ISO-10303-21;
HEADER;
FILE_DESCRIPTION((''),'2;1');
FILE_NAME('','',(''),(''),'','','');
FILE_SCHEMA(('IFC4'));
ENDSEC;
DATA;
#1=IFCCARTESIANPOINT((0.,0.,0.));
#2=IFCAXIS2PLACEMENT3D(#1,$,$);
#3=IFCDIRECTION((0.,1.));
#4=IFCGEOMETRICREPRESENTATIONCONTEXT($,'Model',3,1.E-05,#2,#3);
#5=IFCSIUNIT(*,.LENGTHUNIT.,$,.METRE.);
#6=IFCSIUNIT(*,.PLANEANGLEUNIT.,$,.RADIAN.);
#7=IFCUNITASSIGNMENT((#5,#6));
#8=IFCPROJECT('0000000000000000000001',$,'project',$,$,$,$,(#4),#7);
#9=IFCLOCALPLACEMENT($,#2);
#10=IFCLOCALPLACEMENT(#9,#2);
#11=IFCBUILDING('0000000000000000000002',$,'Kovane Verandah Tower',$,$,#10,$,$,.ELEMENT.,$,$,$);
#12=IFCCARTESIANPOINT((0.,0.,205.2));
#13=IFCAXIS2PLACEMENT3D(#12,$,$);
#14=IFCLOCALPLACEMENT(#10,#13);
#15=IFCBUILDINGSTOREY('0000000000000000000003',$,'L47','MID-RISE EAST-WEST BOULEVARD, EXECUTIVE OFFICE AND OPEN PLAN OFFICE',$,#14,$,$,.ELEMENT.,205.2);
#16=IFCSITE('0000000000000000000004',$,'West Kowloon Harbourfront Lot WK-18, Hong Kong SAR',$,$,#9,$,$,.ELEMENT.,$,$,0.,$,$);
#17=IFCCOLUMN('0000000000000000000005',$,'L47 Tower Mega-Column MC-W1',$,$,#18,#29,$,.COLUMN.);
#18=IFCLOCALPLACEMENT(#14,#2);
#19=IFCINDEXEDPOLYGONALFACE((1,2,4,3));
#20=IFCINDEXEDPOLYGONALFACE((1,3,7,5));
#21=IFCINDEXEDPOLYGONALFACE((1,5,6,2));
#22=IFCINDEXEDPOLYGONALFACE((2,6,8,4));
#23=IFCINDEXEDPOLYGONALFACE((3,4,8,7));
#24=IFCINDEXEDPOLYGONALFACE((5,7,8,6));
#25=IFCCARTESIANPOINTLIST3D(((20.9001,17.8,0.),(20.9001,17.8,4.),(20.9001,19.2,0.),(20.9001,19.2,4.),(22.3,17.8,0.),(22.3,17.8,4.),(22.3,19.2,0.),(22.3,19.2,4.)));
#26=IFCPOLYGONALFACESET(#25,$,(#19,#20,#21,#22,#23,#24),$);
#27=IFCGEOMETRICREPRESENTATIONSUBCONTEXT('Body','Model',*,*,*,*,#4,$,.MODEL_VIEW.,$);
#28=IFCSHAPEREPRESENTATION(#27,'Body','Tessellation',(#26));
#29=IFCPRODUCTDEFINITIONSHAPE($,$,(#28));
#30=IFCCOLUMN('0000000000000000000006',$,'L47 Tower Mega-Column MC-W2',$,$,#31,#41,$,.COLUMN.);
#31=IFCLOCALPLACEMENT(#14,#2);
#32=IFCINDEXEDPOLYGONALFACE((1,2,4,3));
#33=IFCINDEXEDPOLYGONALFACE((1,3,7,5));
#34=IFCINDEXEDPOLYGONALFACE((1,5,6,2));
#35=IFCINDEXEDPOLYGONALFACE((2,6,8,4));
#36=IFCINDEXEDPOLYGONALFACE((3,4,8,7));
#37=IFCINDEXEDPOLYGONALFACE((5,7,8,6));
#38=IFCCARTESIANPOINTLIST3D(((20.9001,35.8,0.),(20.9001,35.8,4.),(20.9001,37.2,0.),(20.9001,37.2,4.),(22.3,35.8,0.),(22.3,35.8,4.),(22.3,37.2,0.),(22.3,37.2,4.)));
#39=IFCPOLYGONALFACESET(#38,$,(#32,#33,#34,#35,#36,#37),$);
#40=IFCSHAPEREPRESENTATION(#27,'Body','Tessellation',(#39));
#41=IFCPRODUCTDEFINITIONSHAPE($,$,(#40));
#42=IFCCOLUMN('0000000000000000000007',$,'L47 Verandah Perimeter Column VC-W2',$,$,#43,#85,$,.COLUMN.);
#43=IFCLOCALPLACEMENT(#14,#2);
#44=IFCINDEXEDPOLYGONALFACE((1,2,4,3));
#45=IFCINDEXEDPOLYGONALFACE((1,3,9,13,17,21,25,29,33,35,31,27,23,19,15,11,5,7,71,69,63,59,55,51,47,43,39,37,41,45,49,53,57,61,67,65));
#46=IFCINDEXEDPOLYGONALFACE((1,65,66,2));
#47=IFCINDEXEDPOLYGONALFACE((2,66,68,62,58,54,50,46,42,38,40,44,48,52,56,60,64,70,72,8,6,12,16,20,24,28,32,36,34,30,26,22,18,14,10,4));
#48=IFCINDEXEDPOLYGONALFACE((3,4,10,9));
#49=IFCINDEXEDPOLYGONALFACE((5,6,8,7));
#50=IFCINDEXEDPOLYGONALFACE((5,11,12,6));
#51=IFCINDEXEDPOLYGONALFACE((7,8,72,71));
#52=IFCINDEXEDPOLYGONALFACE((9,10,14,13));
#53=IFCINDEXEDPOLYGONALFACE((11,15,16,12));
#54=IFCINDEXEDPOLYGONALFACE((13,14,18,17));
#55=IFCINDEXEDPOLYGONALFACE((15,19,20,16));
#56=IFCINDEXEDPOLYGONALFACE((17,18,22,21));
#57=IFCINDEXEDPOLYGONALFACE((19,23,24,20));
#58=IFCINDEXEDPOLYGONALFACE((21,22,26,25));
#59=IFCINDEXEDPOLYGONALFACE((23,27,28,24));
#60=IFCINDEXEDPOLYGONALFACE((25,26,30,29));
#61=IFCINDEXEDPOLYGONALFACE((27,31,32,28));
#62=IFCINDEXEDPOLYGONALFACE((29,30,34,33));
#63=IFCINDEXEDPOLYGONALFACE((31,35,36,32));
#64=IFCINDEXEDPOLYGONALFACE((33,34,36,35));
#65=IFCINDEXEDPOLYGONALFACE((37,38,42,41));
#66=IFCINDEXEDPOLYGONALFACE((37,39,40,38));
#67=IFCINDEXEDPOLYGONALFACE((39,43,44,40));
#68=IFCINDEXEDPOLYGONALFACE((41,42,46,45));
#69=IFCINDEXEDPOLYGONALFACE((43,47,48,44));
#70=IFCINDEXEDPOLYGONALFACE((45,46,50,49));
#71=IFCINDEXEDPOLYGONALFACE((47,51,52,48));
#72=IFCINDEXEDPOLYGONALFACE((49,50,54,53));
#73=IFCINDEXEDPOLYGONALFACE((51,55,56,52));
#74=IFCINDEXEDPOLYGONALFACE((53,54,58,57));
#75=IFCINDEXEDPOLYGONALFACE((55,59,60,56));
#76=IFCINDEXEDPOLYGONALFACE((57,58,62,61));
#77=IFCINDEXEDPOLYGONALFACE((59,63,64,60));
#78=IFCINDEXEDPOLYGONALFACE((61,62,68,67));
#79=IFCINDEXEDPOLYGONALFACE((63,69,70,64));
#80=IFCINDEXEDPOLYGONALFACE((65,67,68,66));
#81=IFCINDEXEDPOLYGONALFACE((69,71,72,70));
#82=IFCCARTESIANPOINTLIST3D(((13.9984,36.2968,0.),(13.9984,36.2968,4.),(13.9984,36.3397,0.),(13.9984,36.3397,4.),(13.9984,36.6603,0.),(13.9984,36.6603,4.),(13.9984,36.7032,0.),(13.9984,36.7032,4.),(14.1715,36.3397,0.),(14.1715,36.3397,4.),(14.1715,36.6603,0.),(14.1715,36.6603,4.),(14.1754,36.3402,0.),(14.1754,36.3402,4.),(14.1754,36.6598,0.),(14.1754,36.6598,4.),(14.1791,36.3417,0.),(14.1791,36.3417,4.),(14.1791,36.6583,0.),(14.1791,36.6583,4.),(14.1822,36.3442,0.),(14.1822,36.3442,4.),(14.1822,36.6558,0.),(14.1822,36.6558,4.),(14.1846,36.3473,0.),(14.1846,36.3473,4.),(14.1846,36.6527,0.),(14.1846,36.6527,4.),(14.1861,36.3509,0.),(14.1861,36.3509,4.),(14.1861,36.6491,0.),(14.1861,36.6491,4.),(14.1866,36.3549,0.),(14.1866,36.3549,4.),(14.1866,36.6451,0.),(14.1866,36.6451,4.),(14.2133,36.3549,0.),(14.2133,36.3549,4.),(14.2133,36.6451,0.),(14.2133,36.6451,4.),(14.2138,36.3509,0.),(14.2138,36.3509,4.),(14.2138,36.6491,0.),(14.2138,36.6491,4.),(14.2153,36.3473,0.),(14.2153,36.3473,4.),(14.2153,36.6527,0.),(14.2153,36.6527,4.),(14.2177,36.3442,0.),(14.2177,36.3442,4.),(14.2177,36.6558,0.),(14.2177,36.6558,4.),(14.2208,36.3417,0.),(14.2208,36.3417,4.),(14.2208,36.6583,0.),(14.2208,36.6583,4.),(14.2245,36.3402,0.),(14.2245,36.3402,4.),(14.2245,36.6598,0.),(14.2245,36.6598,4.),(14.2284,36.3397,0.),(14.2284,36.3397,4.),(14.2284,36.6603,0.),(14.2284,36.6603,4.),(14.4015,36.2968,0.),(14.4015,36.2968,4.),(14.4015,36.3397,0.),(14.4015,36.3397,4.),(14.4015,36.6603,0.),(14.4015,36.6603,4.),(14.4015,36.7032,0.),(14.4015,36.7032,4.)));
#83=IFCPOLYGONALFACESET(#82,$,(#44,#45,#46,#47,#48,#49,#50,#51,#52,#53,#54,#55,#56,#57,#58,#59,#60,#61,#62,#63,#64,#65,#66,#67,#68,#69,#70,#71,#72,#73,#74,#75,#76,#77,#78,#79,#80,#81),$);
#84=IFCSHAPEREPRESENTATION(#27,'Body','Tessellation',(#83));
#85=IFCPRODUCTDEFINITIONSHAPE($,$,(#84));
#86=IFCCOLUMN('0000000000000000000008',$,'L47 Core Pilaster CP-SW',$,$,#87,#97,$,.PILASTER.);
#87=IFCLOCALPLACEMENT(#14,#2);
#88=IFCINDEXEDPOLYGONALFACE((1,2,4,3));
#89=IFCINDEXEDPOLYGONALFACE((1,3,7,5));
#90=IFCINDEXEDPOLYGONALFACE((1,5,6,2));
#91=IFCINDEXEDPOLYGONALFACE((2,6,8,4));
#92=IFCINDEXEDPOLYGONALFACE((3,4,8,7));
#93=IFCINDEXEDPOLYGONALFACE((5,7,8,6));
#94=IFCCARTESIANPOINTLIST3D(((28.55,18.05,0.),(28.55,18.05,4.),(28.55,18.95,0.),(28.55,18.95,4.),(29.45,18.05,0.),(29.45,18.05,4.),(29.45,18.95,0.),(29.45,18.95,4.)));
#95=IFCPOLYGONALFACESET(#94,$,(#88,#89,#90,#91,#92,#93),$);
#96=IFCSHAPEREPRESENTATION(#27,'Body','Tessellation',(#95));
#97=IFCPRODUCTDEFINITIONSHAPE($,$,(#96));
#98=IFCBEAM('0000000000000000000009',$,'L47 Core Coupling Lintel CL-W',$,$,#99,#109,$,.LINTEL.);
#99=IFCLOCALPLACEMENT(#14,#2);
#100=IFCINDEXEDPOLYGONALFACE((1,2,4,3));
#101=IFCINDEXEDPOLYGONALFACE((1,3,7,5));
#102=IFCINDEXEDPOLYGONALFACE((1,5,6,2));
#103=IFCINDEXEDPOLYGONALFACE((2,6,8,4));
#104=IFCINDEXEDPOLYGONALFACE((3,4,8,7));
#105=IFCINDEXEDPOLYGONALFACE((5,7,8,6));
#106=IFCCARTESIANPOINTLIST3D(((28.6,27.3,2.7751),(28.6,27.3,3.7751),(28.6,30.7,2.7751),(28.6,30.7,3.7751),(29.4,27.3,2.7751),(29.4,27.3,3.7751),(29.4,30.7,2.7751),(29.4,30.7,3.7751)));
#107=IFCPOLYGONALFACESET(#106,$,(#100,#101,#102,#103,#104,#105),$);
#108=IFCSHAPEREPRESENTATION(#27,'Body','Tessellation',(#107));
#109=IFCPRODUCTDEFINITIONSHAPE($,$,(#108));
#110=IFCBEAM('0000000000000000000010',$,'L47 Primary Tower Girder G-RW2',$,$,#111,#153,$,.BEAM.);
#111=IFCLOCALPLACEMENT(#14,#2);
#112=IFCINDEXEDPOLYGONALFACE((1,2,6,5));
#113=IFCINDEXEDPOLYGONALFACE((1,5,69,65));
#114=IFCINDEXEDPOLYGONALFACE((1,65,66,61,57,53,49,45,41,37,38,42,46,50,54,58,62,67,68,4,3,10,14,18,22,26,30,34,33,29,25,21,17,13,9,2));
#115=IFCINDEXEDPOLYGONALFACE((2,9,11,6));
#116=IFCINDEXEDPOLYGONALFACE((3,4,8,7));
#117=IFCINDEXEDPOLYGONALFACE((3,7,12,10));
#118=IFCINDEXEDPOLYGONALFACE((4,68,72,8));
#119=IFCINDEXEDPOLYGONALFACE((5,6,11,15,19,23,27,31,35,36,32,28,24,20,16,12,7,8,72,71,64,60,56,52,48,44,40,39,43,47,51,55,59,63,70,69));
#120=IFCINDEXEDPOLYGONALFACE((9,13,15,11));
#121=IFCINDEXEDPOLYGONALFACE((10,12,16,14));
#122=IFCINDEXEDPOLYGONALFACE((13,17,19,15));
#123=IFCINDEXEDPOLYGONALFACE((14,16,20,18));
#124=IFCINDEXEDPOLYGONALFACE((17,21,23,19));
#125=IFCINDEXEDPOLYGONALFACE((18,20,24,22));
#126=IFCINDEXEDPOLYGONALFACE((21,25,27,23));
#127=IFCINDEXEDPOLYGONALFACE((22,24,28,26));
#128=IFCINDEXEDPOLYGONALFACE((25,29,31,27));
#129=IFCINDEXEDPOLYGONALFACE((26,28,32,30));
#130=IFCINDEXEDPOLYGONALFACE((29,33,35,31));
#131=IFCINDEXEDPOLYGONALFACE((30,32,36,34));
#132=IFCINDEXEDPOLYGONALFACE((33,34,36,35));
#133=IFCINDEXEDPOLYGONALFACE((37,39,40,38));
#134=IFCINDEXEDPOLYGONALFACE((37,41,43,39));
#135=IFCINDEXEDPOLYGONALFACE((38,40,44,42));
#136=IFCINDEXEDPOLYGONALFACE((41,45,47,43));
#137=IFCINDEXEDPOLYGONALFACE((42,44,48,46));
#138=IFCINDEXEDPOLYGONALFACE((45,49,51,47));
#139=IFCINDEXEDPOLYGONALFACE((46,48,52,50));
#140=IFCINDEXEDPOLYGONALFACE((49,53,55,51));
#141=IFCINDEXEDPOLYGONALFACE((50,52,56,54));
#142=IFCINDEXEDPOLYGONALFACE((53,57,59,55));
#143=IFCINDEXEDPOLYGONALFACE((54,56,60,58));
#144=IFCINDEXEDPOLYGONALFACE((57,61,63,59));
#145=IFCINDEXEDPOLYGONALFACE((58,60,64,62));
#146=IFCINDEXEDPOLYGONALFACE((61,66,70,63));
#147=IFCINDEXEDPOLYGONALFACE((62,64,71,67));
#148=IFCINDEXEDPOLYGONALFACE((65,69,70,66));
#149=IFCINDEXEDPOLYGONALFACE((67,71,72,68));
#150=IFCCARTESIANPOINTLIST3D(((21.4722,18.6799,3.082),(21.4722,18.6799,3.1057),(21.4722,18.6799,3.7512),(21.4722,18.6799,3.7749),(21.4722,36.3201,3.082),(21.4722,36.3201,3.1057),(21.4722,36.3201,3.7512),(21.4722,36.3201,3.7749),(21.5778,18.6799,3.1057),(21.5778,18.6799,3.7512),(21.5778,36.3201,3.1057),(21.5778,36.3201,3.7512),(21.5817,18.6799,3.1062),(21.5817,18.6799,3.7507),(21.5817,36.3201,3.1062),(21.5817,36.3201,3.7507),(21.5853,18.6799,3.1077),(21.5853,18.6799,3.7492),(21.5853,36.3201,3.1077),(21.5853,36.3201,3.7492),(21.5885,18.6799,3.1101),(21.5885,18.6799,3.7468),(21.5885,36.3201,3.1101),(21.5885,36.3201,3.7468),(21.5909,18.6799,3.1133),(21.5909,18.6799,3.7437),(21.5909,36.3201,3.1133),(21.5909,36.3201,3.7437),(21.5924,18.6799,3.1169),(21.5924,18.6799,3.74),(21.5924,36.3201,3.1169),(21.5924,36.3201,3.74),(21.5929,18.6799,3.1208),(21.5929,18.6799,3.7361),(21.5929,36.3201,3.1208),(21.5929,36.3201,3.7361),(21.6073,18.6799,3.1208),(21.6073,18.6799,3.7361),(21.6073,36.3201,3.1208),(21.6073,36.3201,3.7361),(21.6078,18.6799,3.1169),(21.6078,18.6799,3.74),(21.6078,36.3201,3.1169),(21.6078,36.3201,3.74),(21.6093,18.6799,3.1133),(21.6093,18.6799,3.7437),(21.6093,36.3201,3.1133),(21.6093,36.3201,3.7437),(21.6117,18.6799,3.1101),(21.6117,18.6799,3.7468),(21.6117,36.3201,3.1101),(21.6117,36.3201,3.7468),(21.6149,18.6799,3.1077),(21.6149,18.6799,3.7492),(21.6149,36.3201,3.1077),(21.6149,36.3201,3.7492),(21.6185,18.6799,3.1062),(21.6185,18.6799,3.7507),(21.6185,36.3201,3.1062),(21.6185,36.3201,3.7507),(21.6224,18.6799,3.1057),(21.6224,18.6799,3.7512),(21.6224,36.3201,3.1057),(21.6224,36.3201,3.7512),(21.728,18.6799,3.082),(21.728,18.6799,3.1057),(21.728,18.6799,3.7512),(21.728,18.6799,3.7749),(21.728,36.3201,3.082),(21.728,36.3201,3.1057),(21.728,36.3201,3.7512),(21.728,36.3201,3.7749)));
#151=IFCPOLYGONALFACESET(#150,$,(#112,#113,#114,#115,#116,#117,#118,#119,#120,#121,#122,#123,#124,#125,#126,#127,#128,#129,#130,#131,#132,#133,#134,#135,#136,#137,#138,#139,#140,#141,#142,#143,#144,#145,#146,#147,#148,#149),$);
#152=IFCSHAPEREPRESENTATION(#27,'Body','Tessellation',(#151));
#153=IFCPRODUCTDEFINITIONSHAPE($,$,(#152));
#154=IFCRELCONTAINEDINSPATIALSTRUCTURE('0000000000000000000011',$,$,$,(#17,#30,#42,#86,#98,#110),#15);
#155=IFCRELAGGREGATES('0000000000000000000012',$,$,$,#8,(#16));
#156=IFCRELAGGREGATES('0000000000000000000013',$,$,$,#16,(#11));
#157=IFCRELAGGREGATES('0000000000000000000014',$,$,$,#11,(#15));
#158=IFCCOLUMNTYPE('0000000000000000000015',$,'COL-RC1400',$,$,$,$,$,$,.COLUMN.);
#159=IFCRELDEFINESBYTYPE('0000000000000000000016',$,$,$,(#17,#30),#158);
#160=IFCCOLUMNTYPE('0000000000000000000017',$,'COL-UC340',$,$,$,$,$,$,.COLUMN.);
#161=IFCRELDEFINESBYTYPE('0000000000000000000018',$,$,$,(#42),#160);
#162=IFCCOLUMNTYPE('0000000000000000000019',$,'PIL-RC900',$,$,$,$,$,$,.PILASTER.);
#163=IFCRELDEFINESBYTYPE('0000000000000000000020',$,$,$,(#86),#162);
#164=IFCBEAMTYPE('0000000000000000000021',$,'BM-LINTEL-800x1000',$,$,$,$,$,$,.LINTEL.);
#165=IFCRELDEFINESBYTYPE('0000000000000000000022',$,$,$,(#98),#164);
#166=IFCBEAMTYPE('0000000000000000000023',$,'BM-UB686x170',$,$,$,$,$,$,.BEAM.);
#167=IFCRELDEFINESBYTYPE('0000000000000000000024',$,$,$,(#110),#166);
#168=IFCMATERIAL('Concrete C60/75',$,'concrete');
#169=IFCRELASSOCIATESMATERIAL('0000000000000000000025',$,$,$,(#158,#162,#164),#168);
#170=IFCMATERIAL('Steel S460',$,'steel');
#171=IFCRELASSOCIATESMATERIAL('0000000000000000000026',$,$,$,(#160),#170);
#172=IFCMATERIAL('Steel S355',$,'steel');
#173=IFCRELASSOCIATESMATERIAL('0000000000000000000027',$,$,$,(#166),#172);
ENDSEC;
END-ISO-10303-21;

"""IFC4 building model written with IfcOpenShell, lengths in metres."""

from ifc_helpers import new_model, si_unit, direction, frame, origin, origin_2d, place, context, subcontext, project, spatial, rectangle, i_section, extrude, material, material_profile, profile_set, type_object, element, save


model = new_model("IFC4")

# Units and contexts
model_context = context("Model", 3, precision=1e-05, world=origin(), true_north=direction((0.0, 1.0)))
body_context = subcontext(model_context, "Body", "Model", "MODEL_VIEW")
ifc_project = project(units=[si_unit("LENGTHUNIT", "METRE"), si_unit("PLANEANGLEUNIT", "RADIAN")], contexts=[model_context])

# Site, building, storey
site_placement = place(None, origin())
site = spatial("IfcSite", under=ifc_project, at=site_placement, Name="West Kowloon Harbourfront Lot WK-18, Hong Kong SAR", CompositionType="ELEMENT", RefElevation=0.0)
building_placement = place(site_placement, origin())
building = spatial("IfcBuilding", under=site, at=building_placement, Name="Kovane Verandah Tower", CompositionType="ELEMENT")
storey_placement = place(building_placement, frame((0.0, 0.0, 205.2)))
storey = spatial("IfcBuildingStorey", under=building, at=storey_placement, Name="L47", Description="MID-RISE EAST-WEST BOULEVARD, EXECUTIVE OFFICE AND OPEN PLAN OFFICE", CompositionType="ELEMENT", Elevation=205.2)

# Columns
ifc_material_1 = material(Name="Concrete C60/75", Category="concrete")
ifc_material_profile_1 = material_profile(ifc_material_1, rectangle(XDim=1.3999, YDim=1.3999, at=origin_2d()), Name="RC1400x1400")
ifc_profile_set_1 = profile_set([ifc_material_profile_1], Name="Concrete C60/75")
column_type_1 = type_object("IfcColumnType", Name="COL-RC1400", PredefinedType="COLUMN", material=ifc_profile_set_1)
for number, where, z_axis, x_axis, name in (
    (1, (21.6001, 18.5, 0.0), (0.0, 0.0, 1.0), (1.0, 0.0, 0.0), "L47 Tower Mega-Column MC-W1"),
    (2, (21.6001, 36.5, 0.0), (0.0, 0.0, 1.0), (1.0, 0.0, 0.0), "L47 Tower Mega-Column MC-W2"),
):
    element("IfcColumn", number, at=place(storey_placement, frame(where, z_axis=z_axis, x_axis=x_axis)), inside=storey, type_object=column_type_1, Name=name, PredefinedType="COLUMN", context=body_context, shape_type="SweptSolid", body=[
        extrude(rectangle(XDim=1.3999, YDim=1.3999, at=origin_2d()), origin(), (0.0, 0.0, 1.0), 4.0),
    ])
ifc_material_2 = material(Name="Steel S460", Category="steel")
ifc_material_profile_2 = material_profile(ifc_material_2, i_section(OverallWidth=0.4031, OverallDepth=0.4065, WebThickness=0.0266, FlangeThickness=0.043, FilletRadius=0.0151, at=origin_2d()), Name="UC356x406x340")
ifc_profile_set_2 = profile_set([ifc_material_profile_2], Name="Steel S460")
column_type_2 = type_object("IfcColumnType", Name="COL-UC340", PredefinedType="COLUMN", material=ifc_profile_set_2)
column_1_placement = place(storey_placement, frame((14.2, 36.5, 0.0), z_axis=(0.0, 0.0, 1.0), x_axis=(1.0, 0.0, 0.0)))
element("IfcColumn", 3, at=column_1_placement, inside=storey, type_object=column_type_2, Name="L47 Verandah Perimeter Column VC-W2", PredefinedType="COLUMN", context=body_context, shape_type="SweptSolid", body=[
    extrude(i_section(OverallWidth=0.4031, OverallDepth=0.4065, WebThickness=0.0266, FlangeThickness=0.043, FilletRadius=0.0151, at=origin_2d()), origin(), (0.0, 0.0, 1.0), 4.0),
])
ifc_material_profile_3 = material_profile(ifc_material_1, rectangle(XDim=0.8999, YDim=0.8999, at=origin_2d()), Name="RC900x900")
ifc_profile_set_3 = profile_set([ifc_material_profile_3], Name="Concrete C60/75")
column_type_3 = type_object("IfcColumnType", Name="PIL-RC900", PredefinedType="PILASTER", material=ifc_profile_set_3)
column_2_placement = place(storey_placement, frame((29.0, 18.5, 0.0), z_axis=(0.0, 0.0, 1.0), x_axis=(1.0, 0.0, 0.0)))
element("IfcColumn", 4, at=column_2_placement, inside=storey, type_object=column_type_3, Name="L47 Core Pilaster CP-SW", PredefinedType="PILASTER", context=body_context, shape_type="SweptSolid", body=[
    extrude(rectangle(XDim=0.8999, YDim=0.8999, at=origin_2d()), origin(), (0.0, 0.0, 1.0), 4.0),
])

# Beams
ifc_material_profile_4 = material_profile(ifc_material_1, rectangle(XDim=0.8, YDim=1.0, at=origin_2d()), Name="RCB800x1000")
ifc_profile_set_4 = profile_set([ifc_material_profile_4], Name="Concrete C60/75")
beam_type_1 = type_object("IfcBeamType", Name="BM-LINTEL-800x1000", PredefinedType="LINTEL", material=ifc_profile_set_4)
beam_1_placement = place(storey_placement, frame((29.0, 27.3, 3.2751), z_axis=(0.0, 1.0, 0.0), x_axis=(-1.0, 0.0, 0.0)))
element("IfcBeam", 5, at=beam_1_placement, inside=storey, type_object=beam_type_1, Name="L47 Core Coupling Lintel CL-W", PredefinedType="LINTEL", context=body_context, shape_type="SweptSolid", body=[
    extrude(rectangle(XDim=0.8, YDim=1.0, at=origin_2d()), origin(), (0.0, 0.0, 1.0), 3.3999),
])
ifc_material_3 = material(Name="Steel S355", Category="steel")
ifc_material_profile_5 = material_profile(ifc_material_3, i_section(OverallWidth=0.2559, OverallDepth=0.6929, WebThickness=0.0144, FlangeThickness=0.0237, FilletRadius=0.0151, at=origin_2d()), Name="UB686x254x170")
ifc_profile_set_5 = profile_set([ifc_material_profile_5], Name="Steel S355")
beam_type_2 = type_object("IfcBeamType", Name="BM-UB686x170", PredefinedType="BEAM", material=ifc_profile_set_5)
beam_2_placement = place(storey_placement, frame((21.6001, 18.6799, 3.4285), z_axis=(0.0, 1.0, 0.0), x_axis=(-1.0, 0.0, 0.0)))
element("IfcBeam", 6, at=beam_2_placement, inside=storey, type_object=beam_type_2, Name="L47 Primary Tower Girder G-RW2", PredefinedType="BEAM", context=body_context, shape_type="SweptSolid", body=[
    extrude(i_section(OverallWidth=0.2559, OverallDepth=0.6929, WebThickness=0.0144, FlangeThickness=0.0237, FilletRadius=0.0151, at=origin_2d()), origin(), (0.0, 0.0, 1.0), 17.6401),
])

save(model, "model.ifc")
